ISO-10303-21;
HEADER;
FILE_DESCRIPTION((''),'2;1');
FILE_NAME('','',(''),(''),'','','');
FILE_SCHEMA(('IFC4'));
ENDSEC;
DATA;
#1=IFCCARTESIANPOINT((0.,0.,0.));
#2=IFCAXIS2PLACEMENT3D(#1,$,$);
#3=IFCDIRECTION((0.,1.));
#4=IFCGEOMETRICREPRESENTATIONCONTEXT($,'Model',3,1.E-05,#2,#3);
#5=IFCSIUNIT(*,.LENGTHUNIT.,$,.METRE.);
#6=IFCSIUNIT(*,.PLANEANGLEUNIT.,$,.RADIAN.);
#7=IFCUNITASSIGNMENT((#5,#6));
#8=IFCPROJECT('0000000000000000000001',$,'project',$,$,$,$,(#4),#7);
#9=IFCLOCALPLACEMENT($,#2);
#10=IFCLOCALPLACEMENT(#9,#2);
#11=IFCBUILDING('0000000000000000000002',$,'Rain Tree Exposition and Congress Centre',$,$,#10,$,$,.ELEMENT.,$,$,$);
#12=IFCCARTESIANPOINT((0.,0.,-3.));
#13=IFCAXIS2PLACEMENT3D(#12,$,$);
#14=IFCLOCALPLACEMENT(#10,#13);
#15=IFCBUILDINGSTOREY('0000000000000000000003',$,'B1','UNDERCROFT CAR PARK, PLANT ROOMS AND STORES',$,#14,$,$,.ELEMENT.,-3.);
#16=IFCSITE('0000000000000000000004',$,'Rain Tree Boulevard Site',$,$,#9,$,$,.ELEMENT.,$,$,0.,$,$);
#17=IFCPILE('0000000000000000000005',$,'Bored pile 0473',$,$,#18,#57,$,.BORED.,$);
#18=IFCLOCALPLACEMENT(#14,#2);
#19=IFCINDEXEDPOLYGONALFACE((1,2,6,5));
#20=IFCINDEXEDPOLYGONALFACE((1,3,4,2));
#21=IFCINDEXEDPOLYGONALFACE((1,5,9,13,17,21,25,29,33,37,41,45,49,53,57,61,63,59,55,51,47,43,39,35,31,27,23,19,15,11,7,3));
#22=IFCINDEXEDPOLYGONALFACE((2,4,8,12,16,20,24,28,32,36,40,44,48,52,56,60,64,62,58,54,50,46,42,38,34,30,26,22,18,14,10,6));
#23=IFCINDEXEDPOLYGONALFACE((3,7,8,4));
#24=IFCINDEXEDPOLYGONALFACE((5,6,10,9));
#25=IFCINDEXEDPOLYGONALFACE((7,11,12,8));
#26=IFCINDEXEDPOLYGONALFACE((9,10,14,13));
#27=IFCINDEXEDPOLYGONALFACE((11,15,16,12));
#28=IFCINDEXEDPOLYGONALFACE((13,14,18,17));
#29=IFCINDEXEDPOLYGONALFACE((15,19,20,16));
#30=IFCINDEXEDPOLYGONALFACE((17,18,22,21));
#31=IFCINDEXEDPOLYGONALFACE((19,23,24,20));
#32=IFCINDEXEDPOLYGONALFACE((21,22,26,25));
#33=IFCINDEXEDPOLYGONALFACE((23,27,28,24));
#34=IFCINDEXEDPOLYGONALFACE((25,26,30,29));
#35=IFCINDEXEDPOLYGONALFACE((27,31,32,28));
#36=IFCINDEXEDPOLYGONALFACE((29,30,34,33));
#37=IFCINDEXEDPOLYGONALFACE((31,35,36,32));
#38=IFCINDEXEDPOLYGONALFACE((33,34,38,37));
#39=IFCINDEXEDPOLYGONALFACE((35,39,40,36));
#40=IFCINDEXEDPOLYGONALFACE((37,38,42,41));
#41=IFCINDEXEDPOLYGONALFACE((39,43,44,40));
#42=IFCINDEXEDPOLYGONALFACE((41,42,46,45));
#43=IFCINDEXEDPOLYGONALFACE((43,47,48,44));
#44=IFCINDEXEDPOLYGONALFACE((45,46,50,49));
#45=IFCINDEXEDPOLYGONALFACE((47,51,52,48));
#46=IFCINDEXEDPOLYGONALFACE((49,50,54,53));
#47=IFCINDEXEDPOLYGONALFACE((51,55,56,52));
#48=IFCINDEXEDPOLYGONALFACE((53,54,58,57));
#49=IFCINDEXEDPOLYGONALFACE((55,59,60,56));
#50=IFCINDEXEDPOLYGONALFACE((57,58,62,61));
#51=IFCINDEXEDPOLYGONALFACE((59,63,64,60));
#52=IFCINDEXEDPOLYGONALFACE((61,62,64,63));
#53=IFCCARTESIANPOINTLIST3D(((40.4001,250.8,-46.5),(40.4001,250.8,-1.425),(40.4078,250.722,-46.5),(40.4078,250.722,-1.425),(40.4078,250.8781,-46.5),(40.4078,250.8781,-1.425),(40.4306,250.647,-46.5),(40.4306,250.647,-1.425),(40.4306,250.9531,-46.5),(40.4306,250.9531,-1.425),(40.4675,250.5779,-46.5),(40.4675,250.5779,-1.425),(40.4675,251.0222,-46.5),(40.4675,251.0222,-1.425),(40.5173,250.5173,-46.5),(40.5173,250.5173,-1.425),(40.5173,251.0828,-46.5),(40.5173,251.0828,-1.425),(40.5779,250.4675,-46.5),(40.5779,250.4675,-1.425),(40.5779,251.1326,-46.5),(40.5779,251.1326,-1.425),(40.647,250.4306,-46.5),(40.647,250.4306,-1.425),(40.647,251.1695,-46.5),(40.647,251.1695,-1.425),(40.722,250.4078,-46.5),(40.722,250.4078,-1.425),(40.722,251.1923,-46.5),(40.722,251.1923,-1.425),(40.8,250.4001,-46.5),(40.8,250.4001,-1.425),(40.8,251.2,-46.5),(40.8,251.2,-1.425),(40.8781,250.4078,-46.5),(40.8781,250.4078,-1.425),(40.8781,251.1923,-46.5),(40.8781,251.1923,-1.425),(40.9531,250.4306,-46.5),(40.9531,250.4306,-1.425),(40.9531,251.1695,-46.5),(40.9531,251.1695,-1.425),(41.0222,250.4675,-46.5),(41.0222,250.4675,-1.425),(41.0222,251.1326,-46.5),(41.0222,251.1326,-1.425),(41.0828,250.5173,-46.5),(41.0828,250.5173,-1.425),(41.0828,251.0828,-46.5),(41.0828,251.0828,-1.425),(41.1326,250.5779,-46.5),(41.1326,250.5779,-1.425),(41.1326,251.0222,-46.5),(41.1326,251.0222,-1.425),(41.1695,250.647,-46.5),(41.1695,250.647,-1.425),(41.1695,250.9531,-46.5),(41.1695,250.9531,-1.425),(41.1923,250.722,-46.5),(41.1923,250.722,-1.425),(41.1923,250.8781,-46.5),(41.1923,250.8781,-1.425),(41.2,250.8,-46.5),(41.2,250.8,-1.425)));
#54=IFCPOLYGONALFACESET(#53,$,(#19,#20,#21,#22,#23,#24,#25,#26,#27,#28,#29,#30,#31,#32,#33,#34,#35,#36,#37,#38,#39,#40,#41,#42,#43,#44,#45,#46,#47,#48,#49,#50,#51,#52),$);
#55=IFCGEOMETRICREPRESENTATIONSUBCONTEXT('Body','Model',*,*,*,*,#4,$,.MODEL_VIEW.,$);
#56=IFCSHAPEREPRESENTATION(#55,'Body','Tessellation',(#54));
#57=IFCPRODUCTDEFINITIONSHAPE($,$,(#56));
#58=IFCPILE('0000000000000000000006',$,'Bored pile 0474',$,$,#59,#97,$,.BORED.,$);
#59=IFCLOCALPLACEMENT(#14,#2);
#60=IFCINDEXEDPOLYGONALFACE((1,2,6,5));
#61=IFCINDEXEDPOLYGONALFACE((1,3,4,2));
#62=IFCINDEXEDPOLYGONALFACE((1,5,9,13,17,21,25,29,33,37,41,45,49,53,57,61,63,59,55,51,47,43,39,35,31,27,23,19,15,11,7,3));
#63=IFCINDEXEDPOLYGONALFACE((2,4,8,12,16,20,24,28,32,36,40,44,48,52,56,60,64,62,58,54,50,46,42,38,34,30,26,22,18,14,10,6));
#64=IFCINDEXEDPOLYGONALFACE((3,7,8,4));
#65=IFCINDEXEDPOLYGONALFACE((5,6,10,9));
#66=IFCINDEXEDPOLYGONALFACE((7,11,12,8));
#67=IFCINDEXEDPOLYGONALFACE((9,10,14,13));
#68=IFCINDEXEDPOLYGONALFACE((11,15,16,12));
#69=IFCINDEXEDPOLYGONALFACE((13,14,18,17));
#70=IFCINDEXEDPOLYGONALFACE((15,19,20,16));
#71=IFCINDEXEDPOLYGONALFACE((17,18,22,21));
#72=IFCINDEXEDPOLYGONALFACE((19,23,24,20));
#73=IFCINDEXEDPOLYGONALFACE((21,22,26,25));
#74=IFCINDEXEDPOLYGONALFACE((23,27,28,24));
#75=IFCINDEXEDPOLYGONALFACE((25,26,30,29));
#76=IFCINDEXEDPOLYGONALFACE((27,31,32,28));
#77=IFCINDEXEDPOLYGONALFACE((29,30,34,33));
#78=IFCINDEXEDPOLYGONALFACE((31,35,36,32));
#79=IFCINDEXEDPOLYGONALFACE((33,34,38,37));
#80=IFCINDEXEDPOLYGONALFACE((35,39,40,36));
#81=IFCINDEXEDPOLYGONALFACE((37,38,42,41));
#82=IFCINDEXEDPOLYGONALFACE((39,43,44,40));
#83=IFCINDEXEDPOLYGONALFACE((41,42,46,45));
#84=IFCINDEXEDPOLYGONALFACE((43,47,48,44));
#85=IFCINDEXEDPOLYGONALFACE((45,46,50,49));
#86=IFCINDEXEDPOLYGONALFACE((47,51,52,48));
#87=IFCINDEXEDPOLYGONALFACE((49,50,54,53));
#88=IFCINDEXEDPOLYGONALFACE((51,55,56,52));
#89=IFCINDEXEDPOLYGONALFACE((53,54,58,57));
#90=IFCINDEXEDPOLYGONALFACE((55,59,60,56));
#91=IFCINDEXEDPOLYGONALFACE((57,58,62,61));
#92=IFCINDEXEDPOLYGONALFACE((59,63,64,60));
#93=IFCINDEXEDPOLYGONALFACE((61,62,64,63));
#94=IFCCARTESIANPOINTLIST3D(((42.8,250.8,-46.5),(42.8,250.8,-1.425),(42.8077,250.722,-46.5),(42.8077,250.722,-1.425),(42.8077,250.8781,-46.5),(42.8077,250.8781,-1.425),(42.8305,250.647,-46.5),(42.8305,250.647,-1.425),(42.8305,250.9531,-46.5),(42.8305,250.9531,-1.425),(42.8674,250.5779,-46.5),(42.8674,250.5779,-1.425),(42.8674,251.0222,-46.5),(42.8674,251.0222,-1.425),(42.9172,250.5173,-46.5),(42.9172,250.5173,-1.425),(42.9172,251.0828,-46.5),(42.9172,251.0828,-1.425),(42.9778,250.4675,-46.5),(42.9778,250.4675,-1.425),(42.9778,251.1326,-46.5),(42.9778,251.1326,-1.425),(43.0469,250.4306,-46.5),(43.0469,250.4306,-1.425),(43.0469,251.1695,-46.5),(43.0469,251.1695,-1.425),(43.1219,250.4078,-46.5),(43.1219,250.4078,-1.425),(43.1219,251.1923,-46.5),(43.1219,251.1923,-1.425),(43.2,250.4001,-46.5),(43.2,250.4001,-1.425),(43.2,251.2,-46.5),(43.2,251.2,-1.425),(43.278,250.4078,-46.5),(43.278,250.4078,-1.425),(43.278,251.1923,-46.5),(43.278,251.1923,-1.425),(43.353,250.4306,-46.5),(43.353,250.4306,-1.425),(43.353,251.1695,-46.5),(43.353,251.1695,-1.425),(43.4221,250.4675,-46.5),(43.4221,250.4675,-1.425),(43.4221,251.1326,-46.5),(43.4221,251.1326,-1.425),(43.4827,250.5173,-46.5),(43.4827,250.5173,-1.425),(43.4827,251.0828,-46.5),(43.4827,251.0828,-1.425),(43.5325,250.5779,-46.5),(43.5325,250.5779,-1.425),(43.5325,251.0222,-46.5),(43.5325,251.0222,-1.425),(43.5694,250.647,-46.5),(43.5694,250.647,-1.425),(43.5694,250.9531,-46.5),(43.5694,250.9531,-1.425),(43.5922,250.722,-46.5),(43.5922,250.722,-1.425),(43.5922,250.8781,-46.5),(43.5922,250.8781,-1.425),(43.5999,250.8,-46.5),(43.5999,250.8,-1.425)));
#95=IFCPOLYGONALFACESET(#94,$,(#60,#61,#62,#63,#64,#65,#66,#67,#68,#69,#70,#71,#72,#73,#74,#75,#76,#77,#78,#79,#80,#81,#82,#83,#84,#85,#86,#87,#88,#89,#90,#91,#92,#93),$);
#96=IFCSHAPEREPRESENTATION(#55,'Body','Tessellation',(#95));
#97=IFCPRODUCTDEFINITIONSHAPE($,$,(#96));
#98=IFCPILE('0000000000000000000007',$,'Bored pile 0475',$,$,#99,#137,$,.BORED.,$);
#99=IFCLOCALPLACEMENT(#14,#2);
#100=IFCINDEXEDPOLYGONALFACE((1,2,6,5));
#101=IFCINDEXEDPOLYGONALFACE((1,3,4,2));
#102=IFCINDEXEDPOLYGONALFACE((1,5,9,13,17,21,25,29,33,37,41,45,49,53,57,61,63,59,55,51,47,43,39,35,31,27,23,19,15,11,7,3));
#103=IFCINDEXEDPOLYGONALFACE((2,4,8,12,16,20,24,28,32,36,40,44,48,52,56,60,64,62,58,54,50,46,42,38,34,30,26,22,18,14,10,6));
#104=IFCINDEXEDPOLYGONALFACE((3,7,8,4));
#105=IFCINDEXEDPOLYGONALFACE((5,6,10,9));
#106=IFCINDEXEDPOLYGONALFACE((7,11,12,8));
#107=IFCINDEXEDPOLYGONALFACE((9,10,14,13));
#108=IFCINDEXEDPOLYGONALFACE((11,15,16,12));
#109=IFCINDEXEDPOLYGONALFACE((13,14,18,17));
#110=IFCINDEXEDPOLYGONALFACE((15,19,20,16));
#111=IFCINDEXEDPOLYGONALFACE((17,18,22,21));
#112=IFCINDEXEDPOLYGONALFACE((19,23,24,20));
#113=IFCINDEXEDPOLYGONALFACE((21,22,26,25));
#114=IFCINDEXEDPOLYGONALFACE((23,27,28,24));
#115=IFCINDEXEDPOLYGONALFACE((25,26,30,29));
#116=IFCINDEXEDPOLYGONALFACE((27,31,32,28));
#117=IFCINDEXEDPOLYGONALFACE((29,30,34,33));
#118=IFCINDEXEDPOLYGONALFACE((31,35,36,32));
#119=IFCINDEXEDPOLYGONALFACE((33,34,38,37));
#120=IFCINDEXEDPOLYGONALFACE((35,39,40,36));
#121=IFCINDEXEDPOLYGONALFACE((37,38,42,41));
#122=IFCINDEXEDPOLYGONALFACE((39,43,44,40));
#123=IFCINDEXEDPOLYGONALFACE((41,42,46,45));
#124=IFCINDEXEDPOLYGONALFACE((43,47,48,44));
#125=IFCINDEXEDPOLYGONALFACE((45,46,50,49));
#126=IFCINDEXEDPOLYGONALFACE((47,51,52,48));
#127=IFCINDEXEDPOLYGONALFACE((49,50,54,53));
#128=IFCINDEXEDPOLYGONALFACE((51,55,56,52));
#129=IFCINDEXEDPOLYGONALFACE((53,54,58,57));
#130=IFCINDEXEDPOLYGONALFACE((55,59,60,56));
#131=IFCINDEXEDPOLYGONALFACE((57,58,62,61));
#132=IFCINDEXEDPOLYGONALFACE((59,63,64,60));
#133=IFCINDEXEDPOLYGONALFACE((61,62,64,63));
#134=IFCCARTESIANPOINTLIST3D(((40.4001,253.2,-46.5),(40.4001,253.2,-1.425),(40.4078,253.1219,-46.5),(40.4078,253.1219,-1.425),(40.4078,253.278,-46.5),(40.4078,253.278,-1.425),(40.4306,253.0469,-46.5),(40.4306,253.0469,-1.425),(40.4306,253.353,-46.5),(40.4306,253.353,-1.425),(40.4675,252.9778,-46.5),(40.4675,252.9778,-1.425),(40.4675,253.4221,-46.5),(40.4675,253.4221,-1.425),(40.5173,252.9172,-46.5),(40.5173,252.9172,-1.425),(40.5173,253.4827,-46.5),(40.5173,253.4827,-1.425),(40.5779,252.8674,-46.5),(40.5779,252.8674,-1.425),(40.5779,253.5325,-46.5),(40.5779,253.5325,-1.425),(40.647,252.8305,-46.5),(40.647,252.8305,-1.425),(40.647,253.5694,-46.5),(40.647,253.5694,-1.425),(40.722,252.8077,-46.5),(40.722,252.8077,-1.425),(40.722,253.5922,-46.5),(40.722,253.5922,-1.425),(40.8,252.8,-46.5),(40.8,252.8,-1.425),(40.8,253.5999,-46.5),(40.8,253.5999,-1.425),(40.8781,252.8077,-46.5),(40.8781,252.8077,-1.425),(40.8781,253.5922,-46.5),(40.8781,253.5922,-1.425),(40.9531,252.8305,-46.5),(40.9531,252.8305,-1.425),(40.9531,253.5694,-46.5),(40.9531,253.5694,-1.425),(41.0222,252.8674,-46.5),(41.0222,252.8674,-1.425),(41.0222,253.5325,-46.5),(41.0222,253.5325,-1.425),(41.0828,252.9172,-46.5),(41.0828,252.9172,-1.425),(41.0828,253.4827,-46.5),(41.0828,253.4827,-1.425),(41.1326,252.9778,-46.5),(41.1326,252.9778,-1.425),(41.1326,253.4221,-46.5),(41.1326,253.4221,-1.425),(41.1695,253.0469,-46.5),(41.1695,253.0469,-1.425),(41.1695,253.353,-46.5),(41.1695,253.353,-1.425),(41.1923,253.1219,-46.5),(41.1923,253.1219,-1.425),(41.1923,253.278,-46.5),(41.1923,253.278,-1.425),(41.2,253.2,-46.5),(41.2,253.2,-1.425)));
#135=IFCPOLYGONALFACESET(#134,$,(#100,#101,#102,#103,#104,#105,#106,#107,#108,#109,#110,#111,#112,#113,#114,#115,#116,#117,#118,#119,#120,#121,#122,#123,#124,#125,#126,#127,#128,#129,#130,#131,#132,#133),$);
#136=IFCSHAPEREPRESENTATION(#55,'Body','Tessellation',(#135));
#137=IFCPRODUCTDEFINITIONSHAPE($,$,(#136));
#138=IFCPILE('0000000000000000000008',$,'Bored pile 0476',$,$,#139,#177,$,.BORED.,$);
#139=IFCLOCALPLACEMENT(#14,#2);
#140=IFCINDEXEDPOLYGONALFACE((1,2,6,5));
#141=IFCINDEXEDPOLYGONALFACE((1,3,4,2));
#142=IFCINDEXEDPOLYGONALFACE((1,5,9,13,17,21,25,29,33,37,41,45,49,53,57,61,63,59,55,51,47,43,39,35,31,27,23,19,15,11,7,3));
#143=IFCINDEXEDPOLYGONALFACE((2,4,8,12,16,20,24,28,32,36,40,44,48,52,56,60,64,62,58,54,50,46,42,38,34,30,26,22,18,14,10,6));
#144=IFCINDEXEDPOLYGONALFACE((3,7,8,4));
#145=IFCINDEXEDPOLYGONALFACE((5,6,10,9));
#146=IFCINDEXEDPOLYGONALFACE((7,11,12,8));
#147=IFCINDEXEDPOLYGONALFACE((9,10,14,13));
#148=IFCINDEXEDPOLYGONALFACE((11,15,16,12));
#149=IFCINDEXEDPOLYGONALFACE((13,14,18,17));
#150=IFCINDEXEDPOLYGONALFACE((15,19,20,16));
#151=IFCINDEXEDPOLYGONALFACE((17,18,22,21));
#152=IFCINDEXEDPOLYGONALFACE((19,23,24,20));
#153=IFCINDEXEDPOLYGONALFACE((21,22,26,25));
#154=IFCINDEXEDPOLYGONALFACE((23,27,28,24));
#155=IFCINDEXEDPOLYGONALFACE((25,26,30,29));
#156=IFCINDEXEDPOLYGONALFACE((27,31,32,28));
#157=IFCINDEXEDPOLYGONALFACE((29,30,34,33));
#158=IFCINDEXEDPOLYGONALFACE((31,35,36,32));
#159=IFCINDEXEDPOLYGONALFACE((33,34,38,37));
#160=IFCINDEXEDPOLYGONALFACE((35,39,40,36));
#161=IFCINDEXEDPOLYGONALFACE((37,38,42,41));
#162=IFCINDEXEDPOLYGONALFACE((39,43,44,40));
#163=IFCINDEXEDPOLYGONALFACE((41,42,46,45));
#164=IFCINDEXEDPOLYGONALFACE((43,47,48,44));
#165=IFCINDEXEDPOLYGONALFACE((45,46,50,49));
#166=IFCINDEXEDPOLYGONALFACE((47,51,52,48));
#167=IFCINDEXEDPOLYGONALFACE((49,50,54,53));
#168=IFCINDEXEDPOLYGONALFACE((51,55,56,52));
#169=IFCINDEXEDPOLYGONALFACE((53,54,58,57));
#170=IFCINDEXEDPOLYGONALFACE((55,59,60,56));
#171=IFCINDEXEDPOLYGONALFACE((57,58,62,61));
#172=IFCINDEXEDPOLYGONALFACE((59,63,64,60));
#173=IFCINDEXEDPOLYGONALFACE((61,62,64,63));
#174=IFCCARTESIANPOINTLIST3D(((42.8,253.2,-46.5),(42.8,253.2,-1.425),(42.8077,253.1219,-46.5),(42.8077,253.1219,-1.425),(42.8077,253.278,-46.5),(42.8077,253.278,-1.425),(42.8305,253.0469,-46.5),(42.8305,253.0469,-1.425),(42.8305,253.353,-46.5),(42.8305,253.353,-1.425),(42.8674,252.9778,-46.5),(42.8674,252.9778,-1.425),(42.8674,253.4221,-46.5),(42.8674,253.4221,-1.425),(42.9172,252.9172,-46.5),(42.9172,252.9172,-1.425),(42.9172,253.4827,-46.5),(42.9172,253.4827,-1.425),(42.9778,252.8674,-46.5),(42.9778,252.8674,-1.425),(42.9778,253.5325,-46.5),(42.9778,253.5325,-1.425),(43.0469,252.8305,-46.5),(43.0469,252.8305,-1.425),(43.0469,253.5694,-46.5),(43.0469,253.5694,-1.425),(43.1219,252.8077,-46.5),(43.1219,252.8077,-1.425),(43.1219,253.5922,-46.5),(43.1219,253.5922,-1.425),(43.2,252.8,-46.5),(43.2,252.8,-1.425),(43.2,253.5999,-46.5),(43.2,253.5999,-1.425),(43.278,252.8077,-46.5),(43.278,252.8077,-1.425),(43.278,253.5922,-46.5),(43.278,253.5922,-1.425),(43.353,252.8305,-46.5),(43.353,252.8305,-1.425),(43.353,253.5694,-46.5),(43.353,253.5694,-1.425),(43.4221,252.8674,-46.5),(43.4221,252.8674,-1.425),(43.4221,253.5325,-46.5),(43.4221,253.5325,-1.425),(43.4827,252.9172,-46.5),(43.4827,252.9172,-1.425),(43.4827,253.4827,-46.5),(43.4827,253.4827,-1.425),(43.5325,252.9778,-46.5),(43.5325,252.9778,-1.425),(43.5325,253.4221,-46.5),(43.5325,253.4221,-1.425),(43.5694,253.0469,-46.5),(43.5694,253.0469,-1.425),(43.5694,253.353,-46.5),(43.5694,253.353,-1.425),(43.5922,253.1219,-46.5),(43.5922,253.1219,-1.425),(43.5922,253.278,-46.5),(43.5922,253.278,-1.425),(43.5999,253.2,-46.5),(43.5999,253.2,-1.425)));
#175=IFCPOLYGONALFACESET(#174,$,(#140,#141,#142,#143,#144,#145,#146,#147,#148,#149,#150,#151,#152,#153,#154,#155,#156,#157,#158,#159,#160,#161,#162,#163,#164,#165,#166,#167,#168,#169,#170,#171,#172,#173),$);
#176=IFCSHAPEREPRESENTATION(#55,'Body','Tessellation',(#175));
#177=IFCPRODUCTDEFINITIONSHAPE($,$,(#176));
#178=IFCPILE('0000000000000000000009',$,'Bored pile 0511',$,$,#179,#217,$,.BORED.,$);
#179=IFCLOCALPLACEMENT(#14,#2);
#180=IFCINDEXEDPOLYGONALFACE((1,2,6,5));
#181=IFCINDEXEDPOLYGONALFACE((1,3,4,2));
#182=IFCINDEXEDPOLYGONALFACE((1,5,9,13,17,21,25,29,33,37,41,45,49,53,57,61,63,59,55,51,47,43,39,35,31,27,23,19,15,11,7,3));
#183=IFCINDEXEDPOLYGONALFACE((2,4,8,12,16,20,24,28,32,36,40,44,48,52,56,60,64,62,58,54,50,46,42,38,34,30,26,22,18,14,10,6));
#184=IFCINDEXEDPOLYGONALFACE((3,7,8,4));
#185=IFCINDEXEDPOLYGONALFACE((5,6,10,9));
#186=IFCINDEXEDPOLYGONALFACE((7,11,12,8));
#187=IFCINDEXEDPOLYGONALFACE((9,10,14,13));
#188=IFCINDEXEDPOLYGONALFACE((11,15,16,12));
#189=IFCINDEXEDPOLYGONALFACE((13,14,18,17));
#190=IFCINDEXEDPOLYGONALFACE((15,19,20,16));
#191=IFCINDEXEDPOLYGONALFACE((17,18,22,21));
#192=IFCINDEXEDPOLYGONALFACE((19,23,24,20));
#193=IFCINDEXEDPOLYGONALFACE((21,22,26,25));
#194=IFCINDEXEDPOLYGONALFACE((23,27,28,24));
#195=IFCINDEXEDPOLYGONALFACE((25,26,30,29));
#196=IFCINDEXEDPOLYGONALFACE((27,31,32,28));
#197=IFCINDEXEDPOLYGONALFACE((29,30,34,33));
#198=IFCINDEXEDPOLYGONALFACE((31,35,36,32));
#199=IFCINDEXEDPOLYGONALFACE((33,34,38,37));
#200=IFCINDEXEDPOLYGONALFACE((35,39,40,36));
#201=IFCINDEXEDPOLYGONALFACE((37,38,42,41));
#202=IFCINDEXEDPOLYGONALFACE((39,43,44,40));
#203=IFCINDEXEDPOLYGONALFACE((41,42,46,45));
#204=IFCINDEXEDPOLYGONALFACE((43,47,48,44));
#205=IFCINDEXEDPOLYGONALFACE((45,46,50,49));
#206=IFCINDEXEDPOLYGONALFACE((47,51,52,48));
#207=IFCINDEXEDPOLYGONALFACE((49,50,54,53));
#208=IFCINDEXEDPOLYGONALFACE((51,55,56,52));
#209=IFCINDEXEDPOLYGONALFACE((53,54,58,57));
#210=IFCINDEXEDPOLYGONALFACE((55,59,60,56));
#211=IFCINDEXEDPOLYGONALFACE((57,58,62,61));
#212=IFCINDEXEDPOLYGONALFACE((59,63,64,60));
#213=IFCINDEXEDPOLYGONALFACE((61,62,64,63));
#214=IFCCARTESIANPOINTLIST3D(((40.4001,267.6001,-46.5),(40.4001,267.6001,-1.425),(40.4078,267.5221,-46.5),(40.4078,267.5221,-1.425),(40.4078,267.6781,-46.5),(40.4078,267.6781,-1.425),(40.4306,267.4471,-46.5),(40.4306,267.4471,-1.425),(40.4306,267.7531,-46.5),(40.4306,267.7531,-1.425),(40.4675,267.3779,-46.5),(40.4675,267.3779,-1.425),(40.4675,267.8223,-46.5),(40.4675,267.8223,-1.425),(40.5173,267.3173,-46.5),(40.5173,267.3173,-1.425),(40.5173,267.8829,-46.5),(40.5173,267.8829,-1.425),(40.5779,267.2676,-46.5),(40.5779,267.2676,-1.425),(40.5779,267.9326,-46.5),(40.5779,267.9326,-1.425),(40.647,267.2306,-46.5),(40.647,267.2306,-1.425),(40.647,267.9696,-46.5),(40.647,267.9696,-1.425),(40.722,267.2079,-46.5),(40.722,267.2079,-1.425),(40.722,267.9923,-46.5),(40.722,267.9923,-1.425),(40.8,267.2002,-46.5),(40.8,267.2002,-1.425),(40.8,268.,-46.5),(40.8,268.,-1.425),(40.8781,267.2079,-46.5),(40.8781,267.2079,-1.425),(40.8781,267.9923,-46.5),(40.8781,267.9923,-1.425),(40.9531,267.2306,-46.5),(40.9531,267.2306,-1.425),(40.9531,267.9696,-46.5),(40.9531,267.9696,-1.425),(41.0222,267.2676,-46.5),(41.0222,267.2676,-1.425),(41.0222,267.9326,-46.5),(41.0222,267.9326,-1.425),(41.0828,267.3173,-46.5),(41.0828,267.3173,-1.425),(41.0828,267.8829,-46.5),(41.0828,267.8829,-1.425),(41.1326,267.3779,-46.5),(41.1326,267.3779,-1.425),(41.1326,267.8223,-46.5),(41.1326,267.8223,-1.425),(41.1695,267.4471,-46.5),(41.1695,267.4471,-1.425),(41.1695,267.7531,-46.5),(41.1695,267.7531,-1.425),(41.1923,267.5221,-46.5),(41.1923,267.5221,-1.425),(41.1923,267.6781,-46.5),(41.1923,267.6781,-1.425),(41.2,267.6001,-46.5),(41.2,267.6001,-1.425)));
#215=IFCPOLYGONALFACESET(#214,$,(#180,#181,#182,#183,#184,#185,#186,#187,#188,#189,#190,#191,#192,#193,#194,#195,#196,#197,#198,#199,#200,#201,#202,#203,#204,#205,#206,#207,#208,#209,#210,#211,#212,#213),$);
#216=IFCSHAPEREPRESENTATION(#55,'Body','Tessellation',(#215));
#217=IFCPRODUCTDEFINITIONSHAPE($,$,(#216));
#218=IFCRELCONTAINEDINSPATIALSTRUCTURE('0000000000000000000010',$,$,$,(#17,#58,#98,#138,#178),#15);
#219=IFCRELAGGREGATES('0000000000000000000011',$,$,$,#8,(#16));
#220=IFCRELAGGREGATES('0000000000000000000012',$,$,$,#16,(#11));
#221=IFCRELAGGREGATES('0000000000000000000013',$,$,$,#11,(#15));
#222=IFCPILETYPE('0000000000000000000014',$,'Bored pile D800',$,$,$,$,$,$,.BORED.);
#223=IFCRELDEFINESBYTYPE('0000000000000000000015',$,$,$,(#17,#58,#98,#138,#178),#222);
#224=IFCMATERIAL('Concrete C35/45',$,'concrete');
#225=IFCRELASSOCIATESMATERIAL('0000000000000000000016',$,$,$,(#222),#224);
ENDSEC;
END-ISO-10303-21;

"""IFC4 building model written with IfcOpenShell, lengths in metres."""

from ifc_helpers import new_model, si_unit, direction, frame, origin, origin_2d, place, context, subcontext, project, spatial, circle, extrude, material, material_profile, profile_set, type_object, element, save


model = new_model("IFC4")

# Units and contexts
model_context = context("Model", 3, precision=1e-05, world=origin(), true_north=direction((0.0, 1.0)))
body_context = subcontext(model_context, "Body", "Model", "MODEL_VIEW")
ifc_project = project(units=[si_unit("LENGTHUNIT", "METRE"), si_unit("PLANEANGLEUNIT", "RADIAN")], contexts=[model_context])

# Site, building, storey
site_placement = place(None, origin())
site = spatial("IfcSite", under=ifc_project, at=site_placement, Name="Rain Tree Boulevard Site", CompositionType="ELEMENT", RefElevation=0.0)
building_placement = place(site_placement, origin())
building = spatial("IfcBuilding", under=site, at=building_placement, Name="Rain Tree Exposition and Congress Centre", CompositionType="ELEMENT")
storey_placement = place(building_placement, frame((0.0, 0.0, -3.0)))
storey = spatial("IfcBuildingStorey", under=building, at=storey_placement, Name="B1", Description="UNDERCROFT CAR PARK, PLANT ROOMS AND STORES", CompositionType="ELEMENT", Elevation=-3.0)

# Piles
ifc_material_1 = material(Name="Concrete C35/45", Category="concrete")
ifc_material_profile_1 = material_profile(ifc_material_1, circle(Radius=0.3999, at=origin_2d()), Name="D800")
ifc_profile_set_1 = profile_set([ifc_material_profile_1], Name="Concrete C35/45")
pile_type_1 = type_object("IfcPileType", Name="Bored pile D800", PredefinedType="BORED", material=ifc_profile_set_1)
for number, where, z_axis, x_axis, name in (
    (1, (40.8, 250.8, -1.425), (0.0, 0.0, -1.0), (1.0, 0.0, 0.0), "Bored pile 0473"),
    (2, (43.2, 250.8, -1.425), (0.0, 0.0, -1.0), (1.0, 0.0, 0.0), "Bored pile 0474"),
    (3, (40.8, 253.2, -1.425), (0.0, 0.0, -1.0), (1.0, 0.0, 0.0), "Bored pile 0475"),
    (4, (43.2, 253.2, -1.425), (0.0, 0.0, -1.0), (1.0, 0.0, 0.0), "Bored pile 0476"),
    (5, (40.8, 267.6001, -1.425), (0.0, 0.0, -1.0), (1.0, 0.0, 0.0), "Bored pile 0511"),
):
    element("IfcPile", number, at=place(storey_placement, frame(where, z_axis=z_axis, x_axis=x_axis)), inside=storey, type_object=pile_type_1, Name=name, PredefinedType="BORED", context=body_context, shape_type="SweptSolid", body=[
        extrude(circle(Radius=0.3999, at=origin_2d()), origin(), (0.0, 0.0, 1.0), 45.075),
    ])

save(model, "model.ifc")
